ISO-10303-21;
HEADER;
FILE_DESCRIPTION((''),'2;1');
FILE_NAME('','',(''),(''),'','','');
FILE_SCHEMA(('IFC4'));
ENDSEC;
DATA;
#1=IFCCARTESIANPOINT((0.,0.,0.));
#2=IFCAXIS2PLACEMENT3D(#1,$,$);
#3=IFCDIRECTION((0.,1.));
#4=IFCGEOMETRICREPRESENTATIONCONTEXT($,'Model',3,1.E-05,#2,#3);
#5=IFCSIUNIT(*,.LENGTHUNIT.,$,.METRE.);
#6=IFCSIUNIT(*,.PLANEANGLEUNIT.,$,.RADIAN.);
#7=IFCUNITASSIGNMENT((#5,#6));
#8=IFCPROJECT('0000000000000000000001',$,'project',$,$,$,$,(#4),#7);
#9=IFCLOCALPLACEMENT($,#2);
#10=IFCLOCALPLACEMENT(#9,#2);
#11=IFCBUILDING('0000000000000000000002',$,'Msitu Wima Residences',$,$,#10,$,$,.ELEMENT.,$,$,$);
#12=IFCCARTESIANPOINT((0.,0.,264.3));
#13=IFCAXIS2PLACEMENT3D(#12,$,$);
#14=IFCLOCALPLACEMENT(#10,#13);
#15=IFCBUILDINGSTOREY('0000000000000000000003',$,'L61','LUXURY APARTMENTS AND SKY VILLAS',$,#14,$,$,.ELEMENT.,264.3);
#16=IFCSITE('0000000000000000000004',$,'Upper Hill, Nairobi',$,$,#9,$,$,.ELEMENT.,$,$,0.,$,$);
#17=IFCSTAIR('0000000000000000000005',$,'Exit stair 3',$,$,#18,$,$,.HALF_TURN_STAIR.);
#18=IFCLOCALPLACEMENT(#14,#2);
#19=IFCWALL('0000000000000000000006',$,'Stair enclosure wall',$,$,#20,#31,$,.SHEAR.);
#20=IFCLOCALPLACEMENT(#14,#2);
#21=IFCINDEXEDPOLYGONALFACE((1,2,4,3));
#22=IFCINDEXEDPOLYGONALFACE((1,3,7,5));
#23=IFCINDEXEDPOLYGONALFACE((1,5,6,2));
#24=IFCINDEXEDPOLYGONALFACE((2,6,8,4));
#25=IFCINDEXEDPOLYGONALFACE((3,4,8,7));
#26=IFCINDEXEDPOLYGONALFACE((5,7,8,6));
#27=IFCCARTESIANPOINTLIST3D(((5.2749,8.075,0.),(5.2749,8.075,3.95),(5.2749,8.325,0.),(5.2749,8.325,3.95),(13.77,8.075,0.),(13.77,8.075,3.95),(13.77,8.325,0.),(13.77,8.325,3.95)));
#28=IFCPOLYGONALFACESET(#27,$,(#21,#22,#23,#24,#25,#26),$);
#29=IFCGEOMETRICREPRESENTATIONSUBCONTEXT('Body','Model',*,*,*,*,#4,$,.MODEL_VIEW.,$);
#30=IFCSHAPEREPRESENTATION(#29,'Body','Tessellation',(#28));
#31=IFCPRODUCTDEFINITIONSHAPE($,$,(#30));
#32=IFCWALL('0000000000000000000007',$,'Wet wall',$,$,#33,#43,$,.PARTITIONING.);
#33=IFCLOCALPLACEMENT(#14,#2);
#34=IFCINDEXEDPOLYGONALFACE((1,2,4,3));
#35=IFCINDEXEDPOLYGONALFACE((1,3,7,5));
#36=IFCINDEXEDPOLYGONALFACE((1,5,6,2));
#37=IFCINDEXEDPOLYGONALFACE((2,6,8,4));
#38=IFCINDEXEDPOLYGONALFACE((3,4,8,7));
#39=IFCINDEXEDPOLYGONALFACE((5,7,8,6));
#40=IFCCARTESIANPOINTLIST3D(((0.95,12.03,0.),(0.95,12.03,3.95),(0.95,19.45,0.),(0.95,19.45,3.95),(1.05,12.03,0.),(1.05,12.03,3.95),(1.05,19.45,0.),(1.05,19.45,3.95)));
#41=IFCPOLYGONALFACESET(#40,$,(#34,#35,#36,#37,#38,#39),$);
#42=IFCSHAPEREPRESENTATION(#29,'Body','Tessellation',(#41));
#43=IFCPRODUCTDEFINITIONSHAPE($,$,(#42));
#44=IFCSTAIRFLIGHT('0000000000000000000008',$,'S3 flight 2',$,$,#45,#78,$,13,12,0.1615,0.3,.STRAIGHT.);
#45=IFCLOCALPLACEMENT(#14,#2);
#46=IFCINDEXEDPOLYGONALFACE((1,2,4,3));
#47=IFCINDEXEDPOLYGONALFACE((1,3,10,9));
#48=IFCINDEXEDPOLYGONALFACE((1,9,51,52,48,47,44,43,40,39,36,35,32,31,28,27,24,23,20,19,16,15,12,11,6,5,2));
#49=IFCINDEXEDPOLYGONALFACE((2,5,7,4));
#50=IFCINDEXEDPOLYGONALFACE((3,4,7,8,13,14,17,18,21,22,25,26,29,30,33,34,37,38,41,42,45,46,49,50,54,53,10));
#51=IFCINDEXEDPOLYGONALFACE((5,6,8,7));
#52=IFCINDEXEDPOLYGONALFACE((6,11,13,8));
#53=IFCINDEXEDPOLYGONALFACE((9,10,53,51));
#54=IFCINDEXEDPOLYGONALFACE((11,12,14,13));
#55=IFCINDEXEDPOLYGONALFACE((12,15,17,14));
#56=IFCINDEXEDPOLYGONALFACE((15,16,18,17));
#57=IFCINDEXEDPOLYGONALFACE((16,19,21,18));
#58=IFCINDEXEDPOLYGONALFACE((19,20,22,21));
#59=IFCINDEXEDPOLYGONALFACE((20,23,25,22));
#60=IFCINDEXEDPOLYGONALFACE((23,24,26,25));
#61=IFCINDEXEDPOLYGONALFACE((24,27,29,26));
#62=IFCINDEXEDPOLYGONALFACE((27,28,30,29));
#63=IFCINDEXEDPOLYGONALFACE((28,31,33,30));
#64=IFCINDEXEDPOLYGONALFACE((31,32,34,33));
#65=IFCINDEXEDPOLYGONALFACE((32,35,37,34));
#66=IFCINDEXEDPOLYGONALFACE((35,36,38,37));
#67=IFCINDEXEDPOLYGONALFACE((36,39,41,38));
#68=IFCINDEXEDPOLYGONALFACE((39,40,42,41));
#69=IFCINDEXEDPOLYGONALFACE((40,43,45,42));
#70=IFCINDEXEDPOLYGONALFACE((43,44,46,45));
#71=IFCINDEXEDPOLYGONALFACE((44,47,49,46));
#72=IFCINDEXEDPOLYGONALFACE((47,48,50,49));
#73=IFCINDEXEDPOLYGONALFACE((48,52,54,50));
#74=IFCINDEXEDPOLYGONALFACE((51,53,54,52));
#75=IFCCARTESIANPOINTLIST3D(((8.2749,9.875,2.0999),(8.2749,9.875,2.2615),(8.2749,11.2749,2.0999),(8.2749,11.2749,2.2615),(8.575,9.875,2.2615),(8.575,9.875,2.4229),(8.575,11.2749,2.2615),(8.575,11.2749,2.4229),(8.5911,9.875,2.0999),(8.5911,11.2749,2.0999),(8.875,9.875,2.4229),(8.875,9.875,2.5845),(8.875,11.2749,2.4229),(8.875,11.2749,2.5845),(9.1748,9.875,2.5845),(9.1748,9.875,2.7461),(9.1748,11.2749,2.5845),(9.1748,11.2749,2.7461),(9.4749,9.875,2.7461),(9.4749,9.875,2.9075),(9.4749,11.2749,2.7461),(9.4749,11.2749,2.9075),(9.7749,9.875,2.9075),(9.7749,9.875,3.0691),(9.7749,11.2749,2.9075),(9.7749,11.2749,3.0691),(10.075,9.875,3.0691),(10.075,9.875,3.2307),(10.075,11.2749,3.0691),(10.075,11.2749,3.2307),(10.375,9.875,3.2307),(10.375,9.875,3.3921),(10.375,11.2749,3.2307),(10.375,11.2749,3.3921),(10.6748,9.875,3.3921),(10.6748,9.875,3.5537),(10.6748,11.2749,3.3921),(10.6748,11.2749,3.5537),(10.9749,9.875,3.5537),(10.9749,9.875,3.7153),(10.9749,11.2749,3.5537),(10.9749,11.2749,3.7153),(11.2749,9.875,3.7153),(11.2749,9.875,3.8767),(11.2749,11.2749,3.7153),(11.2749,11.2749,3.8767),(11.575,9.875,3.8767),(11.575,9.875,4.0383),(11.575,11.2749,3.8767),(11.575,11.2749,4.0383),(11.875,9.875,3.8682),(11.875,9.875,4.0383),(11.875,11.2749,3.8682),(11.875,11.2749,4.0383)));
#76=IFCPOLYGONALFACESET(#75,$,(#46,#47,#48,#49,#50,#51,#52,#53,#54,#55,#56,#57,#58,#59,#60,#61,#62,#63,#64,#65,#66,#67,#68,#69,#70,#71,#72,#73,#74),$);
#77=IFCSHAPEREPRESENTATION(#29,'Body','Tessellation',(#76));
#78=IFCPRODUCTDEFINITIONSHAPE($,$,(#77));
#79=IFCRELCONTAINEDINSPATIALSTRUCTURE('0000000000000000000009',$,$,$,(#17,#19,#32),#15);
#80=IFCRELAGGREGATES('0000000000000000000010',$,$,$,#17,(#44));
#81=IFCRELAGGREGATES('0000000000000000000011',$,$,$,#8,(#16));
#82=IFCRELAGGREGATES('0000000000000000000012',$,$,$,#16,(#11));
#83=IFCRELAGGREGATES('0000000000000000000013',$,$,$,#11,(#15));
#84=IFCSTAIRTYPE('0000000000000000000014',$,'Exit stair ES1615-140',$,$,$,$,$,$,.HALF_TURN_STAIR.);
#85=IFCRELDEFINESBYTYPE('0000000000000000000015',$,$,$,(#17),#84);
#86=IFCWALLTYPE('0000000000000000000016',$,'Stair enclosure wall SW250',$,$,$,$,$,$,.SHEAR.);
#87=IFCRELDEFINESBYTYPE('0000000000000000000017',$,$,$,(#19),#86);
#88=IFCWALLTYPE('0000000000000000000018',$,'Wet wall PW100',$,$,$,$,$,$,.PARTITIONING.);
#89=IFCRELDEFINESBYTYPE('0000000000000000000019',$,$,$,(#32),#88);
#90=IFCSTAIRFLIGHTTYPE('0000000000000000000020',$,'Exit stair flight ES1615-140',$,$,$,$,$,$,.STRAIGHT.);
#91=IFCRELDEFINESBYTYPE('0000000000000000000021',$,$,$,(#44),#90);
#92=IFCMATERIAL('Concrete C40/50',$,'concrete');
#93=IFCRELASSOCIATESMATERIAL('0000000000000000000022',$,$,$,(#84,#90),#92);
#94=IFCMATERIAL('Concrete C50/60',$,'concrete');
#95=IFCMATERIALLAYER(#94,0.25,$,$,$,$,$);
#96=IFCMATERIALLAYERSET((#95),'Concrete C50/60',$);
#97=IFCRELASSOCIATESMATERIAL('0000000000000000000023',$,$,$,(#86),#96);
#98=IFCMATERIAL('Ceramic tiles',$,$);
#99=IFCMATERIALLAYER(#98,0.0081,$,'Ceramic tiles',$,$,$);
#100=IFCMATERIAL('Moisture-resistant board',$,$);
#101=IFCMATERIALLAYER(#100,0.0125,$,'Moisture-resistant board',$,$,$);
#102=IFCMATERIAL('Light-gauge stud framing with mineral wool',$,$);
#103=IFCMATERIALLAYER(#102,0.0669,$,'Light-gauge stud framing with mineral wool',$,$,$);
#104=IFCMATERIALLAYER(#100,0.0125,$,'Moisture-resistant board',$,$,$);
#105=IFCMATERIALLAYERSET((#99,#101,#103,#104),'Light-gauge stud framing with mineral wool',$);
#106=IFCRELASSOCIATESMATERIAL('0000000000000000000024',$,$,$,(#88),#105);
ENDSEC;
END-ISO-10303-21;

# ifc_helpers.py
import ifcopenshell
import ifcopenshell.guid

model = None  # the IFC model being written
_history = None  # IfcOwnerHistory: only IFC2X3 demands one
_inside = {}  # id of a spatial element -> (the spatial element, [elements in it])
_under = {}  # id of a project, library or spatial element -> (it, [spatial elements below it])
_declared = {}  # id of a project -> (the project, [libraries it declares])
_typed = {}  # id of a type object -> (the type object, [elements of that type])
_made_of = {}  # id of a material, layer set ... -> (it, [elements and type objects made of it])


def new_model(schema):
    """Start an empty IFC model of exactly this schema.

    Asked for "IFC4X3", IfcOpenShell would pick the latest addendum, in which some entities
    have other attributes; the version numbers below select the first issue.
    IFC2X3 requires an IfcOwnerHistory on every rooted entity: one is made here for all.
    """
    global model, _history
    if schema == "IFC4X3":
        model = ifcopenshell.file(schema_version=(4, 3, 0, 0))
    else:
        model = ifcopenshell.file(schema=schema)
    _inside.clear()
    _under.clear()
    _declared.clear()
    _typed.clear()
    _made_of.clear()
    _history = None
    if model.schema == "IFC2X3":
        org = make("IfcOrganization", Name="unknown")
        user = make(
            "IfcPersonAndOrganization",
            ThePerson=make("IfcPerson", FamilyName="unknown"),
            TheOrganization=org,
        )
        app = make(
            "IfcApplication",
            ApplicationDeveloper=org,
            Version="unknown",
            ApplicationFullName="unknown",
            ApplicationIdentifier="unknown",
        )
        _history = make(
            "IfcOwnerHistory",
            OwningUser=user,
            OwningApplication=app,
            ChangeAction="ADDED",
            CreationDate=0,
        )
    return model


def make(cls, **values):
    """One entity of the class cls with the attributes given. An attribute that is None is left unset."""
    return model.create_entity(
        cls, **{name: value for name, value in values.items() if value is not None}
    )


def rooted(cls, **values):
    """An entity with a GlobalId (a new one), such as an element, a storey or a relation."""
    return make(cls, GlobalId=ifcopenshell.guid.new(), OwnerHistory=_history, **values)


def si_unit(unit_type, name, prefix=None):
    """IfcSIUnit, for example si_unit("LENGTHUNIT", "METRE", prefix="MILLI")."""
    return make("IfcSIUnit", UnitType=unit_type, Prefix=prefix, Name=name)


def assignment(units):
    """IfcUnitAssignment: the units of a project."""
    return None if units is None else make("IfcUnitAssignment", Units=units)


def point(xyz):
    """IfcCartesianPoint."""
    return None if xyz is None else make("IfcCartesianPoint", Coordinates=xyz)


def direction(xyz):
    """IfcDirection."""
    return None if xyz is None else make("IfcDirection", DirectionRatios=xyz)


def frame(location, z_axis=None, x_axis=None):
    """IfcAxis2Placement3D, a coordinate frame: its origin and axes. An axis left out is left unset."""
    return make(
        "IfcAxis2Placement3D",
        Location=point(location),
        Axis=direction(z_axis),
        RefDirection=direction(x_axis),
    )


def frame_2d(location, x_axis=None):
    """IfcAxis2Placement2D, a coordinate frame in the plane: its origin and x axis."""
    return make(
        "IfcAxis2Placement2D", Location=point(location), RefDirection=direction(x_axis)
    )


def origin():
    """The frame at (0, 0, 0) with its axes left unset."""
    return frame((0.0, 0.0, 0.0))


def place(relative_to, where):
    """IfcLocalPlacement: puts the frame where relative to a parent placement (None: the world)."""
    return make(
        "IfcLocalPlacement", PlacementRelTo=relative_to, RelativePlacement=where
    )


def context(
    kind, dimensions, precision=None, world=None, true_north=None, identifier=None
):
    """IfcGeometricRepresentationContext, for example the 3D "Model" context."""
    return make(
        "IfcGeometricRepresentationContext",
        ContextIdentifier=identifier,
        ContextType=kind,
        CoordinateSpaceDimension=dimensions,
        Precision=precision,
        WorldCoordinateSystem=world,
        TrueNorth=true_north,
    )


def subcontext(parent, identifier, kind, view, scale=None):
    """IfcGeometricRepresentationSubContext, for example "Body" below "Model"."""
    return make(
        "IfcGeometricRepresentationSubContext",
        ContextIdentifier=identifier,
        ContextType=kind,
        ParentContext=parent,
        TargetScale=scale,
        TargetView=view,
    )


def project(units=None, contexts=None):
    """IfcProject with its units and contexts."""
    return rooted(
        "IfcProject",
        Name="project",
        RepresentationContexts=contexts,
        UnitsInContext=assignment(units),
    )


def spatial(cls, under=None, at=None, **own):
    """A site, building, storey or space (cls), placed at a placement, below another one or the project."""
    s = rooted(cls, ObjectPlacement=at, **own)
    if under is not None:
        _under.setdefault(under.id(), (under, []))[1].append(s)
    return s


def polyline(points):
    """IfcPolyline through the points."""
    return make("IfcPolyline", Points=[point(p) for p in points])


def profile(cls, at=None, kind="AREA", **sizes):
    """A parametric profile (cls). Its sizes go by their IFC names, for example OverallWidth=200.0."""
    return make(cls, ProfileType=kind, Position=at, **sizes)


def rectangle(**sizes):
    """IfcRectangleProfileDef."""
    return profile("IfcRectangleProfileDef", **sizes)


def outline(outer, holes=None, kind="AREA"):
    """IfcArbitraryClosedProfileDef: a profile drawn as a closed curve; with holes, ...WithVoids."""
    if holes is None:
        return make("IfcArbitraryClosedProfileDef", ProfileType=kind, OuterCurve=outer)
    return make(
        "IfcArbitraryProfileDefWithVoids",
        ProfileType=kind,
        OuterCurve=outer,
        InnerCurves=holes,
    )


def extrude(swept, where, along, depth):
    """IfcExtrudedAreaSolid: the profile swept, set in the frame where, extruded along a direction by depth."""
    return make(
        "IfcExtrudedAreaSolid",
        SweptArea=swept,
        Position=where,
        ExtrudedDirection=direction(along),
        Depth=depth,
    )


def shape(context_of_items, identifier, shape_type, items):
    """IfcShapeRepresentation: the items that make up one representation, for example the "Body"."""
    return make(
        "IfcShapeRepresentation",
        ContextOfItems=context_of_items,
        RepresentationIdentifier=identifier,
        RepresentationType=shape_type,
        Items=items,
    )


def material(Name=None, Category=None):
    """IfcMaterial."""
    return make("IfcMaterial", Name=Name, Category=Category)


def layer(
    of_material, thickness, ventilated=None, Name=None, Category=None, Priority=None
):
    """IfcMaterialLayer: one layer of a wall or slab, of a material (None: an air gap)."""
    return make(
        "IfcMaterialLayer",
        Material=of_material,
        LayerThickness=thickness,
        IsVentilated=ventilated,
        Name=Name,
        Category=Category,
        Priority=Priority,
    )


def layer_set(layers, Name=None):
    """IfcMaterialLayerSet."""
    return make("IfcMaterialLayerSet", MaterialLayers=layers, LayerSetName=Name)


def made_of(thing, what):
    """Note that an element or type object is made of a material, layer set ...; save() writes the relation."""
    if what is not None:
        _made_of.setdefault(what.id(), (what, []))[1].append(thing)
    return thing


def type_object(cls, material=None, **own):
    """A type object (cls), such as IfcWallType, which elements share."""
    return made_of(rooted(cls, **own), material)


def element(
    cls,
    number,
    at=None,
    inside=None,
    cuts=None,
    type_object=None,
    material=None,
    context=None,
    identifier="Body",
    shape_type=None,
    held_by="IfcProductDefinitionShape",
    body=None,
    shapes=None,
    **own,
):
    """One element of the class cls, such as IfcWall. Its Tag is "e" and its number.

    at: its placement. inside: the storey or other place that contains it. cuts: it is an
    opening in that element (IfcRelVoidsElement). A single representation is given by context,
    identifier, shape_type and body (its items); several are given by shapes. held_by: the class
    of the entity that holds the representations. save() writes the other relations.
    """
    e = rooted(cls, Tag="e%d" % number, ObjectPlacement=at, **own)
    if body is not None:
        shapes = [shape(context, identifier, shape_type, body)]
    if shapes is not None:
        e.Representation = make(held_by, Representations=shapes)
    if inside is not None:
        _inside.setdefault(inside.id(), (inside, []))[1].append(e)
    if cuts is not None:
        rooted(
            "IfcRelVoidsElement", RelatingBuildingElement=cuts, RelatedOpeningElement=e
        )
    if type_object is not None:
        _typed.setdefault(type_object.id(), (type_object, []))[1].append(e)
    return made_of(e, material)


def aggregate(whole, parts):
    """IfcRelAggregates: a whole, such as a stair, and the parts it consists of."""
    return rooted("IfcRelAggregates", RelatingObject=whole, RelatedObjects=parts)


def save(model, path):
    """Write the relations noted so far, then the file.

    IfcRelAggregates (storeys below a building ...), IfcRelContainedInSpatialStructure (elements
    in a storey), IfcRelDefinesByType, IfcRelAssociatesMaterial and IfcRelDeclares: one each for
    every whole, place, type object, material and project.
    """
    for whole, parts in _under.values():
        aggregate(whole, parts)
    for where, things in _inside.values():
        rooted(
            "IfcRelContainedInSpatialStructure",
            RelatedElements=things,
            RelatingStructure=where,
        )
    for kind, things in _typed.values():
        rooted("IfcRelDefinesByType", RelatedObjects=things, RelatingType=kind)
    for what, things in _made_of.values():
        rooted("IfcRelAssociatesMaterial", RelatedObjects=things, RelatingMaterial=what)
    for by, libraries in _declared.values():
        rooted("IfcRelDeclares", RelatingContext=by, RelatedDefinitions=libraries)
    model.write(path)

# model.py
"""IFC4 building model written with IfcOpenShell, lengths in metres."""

from ifc_helpers import new_model, si_unit, direction, frame, frame_2d, origin, place, context, subcontext, project, spatial, polyline, rectangle, outline, extrude, material, layer, layer_set, type_object, element, aggregate, save


model = new_model("IFC4")

# Units and contexts
model_context = context("Model", 3, precision=1e-05, world=origin(), true_north=direction((0.0, 1.0)))
body_context = subcontext(model_context, "Body", "Model", "MODEL_VIEW")
ifc_project = project(units=[si_unit("LENGTHUNIT", "METRE"), si_unit("PLANEANGLEUNIT", "RADIAN")], contexts=[model_context])

# Site, building, storey
site_placement = place(None, origin())
site = spatial("IfcSite", under=ifc_project, at=site_placement, Name="Upper Hill, Nairobi", CompositionType="ELEMENT", RefElevation=0.0)
building_placement = place(site_placement, origin())
building = spatial("IfcBuilding", under=site, at=building_placement, Name="Msitu Wima Residences", CompositionType="ELEMENT")
storey_placement = place(building_placement, frame((0.0, 0.0, 264.3)))
storey = spatial("IfcBuildingStorey", under=building, at=storey_placement, Name="L61", Description="LUXURY APARTMENTS AND SKY VILLAS", CompositionType="ELEMENT", Elevation=264.3)

# Shared definitions
ifc_material_1 = material(Name="Concrete C40/50", Category="concrete")

# Stair
stair_type = type_object("IfcStairType", Name="Exit stair ES1615-140", PredefinedType="HALF_TURN_STAIR", material=ifc_material_1)
stair_1_placement = place(storey_placement, origin())
stair_1 = element("IfcStair", 1, at=stair_1_placement, inside=storey, type_object=stair_type, Name="Exit stair 3", PredefinedType="HALF_TURN_STAIR")

# Walls
ifc_material_2 = material(Name="Light-gauge stud framing with mineral wool")
ifc_material_3 = material(Name="Concrete C50/60", Category="concrete")
ifc_layer_1 = layer(ifc_material_3, 0.25)
ifc_layer_set_1 = layer_set([ifc_layer_1], Name="Concrete C50/60")
wall_type_1 = type_object("IfcWallType", Name="Stair enclosure wall SW250", PredefinedType="SHEAR", material=ifc_layer_set_1)
wall_1_placement = place(storey_placement, frame((5.2749, 8.2, 0.0), z_axis=(0.0, 0.0, 1.0), x_axis=(1.0, 0.0, 0.0)))
element("IfcWall", 2, at=wall_1_placement, inside=storey, type_object=wall_type_1, Name="Stair enclosure wall", PredefinedType="SHEAR", context=body_context, shape_type="SweptSolid", body=[
    extrude(rectangle(XDim=8.4951, YDim=0.25, at=frame_2d((4.2476, 0.0))), origin(), (0.0, 0.0, 1.0), 3.95),
])
ifc_material_4 = material(Name="Ceramic tiles")
ifc_layer_2 = layer(ifc_material_4, 0.0081, Name="Ceramic tiles")
ifc_material_5 = material(Name="Moisture-resistant board")
ifc_layer_3 = layer(ifc_material_5, 0.0125, Name="Moisture-resistant board")
ifc_layer_4 = layer(ifc_material_2, 0.0669, Name="Light-gauge stud framing with mineral wool")
ifc_layer_5 = layer(ifc_material_5, 0.0125, Name="Moisture-resistant board")
ifc_layer_set_2 = layer_set([ifc_layer_2, ifc_layer_3, ifc_layer_4, ifc_layer_5], Name="Light-gauge stud framing with mineral wool")
wall_type_2 = type_object("IfcWallType", Name="Wet wall PW100", PredefinedType="PARTITIONING", material=ifc_layer_set_2)
wall_2_placement = place(storey_placement, frame((1.0, 12.03, 0.0), z_axis=(0.0, 0.0, 1.0), x_axis=(0.0, 1.0, 0.0)))
element("IfcWall", 3, at=wall_2_placement, inside=storey, type_object=wall_type_2, Name="Wet wall", PredefinedType="PARTITIONING", context=body_context, shape_type="SweptSolid", body=[
    extrude(rectangle(XDim=7.4199, YDim=0.1001, at=frame_2d((3.71, 0.0))), origin(), (0.0, 0.0, 1.0), 3.95),
])

# Stair flight
stair_flight_type = type_object("IfcStairFlightType", Name="Exit stair flight ES1615-140", PredefinedType="STRAIGHT", material=ifc_material_1)
stair_flight_placement = place(storey_placement, frame((8.2749, 10.575, 2.0999), z_axis=(0.0, 0.0, 1.0), x_axis=(1.0, 0.0, 0.0)))
stair_flight = element("IfcStairFlight", 4, at=stair_flight_placement, type_object=stair_flight_type, Name="S3 flight 2", NumberOfRisers=13, NumberOfTreads=12, PredefinedType="STRAIGHT", RiserHeight=0.1615, TreadLength=0.3, context=body_context, shape_type="SweptSolid", body=[
    extrude(outline(polyline([(0.0, 0.0), (0.0, 0.1616), (0.3, 0.1616), (0.3, 0.323), (0.6001, 0.323), (0.6001, 0.4846), (0.8999, 0.4846), (0.8999, 0.6462), (1.2, 0.6462), (1.2, 0.8076), (1.5, 0.8076), (1.5, 0.9692), (1.8, 0.9692), (1.8, 1.1309), (2.1001, 1.1309), (2.1001, 1.2922), (2.3999, 1.2922), (2.3999, 1.4539), (2.7, 1.4539), (2.7, 1.6155), (3.0, 1.6155), (3.0, 1.7769), (3.3, 1.7769), (3.3, 1.9385), (3.6001, 1.9385), (3.6001, 2.1001), (3.6001, 1.7683), (0.3162, 0.0), (0.0, 0.0)])), frame((0.0, 0.7, 0.0), z_axis=(0.0, -1.0, 0.0), x_axis=(1.0, 0.0, 0.0)), (0.0, 0.0, 1.0), 1.3999),
])
aggregate(stair_1, [stair_flight])

save(model, "model.ifc")
